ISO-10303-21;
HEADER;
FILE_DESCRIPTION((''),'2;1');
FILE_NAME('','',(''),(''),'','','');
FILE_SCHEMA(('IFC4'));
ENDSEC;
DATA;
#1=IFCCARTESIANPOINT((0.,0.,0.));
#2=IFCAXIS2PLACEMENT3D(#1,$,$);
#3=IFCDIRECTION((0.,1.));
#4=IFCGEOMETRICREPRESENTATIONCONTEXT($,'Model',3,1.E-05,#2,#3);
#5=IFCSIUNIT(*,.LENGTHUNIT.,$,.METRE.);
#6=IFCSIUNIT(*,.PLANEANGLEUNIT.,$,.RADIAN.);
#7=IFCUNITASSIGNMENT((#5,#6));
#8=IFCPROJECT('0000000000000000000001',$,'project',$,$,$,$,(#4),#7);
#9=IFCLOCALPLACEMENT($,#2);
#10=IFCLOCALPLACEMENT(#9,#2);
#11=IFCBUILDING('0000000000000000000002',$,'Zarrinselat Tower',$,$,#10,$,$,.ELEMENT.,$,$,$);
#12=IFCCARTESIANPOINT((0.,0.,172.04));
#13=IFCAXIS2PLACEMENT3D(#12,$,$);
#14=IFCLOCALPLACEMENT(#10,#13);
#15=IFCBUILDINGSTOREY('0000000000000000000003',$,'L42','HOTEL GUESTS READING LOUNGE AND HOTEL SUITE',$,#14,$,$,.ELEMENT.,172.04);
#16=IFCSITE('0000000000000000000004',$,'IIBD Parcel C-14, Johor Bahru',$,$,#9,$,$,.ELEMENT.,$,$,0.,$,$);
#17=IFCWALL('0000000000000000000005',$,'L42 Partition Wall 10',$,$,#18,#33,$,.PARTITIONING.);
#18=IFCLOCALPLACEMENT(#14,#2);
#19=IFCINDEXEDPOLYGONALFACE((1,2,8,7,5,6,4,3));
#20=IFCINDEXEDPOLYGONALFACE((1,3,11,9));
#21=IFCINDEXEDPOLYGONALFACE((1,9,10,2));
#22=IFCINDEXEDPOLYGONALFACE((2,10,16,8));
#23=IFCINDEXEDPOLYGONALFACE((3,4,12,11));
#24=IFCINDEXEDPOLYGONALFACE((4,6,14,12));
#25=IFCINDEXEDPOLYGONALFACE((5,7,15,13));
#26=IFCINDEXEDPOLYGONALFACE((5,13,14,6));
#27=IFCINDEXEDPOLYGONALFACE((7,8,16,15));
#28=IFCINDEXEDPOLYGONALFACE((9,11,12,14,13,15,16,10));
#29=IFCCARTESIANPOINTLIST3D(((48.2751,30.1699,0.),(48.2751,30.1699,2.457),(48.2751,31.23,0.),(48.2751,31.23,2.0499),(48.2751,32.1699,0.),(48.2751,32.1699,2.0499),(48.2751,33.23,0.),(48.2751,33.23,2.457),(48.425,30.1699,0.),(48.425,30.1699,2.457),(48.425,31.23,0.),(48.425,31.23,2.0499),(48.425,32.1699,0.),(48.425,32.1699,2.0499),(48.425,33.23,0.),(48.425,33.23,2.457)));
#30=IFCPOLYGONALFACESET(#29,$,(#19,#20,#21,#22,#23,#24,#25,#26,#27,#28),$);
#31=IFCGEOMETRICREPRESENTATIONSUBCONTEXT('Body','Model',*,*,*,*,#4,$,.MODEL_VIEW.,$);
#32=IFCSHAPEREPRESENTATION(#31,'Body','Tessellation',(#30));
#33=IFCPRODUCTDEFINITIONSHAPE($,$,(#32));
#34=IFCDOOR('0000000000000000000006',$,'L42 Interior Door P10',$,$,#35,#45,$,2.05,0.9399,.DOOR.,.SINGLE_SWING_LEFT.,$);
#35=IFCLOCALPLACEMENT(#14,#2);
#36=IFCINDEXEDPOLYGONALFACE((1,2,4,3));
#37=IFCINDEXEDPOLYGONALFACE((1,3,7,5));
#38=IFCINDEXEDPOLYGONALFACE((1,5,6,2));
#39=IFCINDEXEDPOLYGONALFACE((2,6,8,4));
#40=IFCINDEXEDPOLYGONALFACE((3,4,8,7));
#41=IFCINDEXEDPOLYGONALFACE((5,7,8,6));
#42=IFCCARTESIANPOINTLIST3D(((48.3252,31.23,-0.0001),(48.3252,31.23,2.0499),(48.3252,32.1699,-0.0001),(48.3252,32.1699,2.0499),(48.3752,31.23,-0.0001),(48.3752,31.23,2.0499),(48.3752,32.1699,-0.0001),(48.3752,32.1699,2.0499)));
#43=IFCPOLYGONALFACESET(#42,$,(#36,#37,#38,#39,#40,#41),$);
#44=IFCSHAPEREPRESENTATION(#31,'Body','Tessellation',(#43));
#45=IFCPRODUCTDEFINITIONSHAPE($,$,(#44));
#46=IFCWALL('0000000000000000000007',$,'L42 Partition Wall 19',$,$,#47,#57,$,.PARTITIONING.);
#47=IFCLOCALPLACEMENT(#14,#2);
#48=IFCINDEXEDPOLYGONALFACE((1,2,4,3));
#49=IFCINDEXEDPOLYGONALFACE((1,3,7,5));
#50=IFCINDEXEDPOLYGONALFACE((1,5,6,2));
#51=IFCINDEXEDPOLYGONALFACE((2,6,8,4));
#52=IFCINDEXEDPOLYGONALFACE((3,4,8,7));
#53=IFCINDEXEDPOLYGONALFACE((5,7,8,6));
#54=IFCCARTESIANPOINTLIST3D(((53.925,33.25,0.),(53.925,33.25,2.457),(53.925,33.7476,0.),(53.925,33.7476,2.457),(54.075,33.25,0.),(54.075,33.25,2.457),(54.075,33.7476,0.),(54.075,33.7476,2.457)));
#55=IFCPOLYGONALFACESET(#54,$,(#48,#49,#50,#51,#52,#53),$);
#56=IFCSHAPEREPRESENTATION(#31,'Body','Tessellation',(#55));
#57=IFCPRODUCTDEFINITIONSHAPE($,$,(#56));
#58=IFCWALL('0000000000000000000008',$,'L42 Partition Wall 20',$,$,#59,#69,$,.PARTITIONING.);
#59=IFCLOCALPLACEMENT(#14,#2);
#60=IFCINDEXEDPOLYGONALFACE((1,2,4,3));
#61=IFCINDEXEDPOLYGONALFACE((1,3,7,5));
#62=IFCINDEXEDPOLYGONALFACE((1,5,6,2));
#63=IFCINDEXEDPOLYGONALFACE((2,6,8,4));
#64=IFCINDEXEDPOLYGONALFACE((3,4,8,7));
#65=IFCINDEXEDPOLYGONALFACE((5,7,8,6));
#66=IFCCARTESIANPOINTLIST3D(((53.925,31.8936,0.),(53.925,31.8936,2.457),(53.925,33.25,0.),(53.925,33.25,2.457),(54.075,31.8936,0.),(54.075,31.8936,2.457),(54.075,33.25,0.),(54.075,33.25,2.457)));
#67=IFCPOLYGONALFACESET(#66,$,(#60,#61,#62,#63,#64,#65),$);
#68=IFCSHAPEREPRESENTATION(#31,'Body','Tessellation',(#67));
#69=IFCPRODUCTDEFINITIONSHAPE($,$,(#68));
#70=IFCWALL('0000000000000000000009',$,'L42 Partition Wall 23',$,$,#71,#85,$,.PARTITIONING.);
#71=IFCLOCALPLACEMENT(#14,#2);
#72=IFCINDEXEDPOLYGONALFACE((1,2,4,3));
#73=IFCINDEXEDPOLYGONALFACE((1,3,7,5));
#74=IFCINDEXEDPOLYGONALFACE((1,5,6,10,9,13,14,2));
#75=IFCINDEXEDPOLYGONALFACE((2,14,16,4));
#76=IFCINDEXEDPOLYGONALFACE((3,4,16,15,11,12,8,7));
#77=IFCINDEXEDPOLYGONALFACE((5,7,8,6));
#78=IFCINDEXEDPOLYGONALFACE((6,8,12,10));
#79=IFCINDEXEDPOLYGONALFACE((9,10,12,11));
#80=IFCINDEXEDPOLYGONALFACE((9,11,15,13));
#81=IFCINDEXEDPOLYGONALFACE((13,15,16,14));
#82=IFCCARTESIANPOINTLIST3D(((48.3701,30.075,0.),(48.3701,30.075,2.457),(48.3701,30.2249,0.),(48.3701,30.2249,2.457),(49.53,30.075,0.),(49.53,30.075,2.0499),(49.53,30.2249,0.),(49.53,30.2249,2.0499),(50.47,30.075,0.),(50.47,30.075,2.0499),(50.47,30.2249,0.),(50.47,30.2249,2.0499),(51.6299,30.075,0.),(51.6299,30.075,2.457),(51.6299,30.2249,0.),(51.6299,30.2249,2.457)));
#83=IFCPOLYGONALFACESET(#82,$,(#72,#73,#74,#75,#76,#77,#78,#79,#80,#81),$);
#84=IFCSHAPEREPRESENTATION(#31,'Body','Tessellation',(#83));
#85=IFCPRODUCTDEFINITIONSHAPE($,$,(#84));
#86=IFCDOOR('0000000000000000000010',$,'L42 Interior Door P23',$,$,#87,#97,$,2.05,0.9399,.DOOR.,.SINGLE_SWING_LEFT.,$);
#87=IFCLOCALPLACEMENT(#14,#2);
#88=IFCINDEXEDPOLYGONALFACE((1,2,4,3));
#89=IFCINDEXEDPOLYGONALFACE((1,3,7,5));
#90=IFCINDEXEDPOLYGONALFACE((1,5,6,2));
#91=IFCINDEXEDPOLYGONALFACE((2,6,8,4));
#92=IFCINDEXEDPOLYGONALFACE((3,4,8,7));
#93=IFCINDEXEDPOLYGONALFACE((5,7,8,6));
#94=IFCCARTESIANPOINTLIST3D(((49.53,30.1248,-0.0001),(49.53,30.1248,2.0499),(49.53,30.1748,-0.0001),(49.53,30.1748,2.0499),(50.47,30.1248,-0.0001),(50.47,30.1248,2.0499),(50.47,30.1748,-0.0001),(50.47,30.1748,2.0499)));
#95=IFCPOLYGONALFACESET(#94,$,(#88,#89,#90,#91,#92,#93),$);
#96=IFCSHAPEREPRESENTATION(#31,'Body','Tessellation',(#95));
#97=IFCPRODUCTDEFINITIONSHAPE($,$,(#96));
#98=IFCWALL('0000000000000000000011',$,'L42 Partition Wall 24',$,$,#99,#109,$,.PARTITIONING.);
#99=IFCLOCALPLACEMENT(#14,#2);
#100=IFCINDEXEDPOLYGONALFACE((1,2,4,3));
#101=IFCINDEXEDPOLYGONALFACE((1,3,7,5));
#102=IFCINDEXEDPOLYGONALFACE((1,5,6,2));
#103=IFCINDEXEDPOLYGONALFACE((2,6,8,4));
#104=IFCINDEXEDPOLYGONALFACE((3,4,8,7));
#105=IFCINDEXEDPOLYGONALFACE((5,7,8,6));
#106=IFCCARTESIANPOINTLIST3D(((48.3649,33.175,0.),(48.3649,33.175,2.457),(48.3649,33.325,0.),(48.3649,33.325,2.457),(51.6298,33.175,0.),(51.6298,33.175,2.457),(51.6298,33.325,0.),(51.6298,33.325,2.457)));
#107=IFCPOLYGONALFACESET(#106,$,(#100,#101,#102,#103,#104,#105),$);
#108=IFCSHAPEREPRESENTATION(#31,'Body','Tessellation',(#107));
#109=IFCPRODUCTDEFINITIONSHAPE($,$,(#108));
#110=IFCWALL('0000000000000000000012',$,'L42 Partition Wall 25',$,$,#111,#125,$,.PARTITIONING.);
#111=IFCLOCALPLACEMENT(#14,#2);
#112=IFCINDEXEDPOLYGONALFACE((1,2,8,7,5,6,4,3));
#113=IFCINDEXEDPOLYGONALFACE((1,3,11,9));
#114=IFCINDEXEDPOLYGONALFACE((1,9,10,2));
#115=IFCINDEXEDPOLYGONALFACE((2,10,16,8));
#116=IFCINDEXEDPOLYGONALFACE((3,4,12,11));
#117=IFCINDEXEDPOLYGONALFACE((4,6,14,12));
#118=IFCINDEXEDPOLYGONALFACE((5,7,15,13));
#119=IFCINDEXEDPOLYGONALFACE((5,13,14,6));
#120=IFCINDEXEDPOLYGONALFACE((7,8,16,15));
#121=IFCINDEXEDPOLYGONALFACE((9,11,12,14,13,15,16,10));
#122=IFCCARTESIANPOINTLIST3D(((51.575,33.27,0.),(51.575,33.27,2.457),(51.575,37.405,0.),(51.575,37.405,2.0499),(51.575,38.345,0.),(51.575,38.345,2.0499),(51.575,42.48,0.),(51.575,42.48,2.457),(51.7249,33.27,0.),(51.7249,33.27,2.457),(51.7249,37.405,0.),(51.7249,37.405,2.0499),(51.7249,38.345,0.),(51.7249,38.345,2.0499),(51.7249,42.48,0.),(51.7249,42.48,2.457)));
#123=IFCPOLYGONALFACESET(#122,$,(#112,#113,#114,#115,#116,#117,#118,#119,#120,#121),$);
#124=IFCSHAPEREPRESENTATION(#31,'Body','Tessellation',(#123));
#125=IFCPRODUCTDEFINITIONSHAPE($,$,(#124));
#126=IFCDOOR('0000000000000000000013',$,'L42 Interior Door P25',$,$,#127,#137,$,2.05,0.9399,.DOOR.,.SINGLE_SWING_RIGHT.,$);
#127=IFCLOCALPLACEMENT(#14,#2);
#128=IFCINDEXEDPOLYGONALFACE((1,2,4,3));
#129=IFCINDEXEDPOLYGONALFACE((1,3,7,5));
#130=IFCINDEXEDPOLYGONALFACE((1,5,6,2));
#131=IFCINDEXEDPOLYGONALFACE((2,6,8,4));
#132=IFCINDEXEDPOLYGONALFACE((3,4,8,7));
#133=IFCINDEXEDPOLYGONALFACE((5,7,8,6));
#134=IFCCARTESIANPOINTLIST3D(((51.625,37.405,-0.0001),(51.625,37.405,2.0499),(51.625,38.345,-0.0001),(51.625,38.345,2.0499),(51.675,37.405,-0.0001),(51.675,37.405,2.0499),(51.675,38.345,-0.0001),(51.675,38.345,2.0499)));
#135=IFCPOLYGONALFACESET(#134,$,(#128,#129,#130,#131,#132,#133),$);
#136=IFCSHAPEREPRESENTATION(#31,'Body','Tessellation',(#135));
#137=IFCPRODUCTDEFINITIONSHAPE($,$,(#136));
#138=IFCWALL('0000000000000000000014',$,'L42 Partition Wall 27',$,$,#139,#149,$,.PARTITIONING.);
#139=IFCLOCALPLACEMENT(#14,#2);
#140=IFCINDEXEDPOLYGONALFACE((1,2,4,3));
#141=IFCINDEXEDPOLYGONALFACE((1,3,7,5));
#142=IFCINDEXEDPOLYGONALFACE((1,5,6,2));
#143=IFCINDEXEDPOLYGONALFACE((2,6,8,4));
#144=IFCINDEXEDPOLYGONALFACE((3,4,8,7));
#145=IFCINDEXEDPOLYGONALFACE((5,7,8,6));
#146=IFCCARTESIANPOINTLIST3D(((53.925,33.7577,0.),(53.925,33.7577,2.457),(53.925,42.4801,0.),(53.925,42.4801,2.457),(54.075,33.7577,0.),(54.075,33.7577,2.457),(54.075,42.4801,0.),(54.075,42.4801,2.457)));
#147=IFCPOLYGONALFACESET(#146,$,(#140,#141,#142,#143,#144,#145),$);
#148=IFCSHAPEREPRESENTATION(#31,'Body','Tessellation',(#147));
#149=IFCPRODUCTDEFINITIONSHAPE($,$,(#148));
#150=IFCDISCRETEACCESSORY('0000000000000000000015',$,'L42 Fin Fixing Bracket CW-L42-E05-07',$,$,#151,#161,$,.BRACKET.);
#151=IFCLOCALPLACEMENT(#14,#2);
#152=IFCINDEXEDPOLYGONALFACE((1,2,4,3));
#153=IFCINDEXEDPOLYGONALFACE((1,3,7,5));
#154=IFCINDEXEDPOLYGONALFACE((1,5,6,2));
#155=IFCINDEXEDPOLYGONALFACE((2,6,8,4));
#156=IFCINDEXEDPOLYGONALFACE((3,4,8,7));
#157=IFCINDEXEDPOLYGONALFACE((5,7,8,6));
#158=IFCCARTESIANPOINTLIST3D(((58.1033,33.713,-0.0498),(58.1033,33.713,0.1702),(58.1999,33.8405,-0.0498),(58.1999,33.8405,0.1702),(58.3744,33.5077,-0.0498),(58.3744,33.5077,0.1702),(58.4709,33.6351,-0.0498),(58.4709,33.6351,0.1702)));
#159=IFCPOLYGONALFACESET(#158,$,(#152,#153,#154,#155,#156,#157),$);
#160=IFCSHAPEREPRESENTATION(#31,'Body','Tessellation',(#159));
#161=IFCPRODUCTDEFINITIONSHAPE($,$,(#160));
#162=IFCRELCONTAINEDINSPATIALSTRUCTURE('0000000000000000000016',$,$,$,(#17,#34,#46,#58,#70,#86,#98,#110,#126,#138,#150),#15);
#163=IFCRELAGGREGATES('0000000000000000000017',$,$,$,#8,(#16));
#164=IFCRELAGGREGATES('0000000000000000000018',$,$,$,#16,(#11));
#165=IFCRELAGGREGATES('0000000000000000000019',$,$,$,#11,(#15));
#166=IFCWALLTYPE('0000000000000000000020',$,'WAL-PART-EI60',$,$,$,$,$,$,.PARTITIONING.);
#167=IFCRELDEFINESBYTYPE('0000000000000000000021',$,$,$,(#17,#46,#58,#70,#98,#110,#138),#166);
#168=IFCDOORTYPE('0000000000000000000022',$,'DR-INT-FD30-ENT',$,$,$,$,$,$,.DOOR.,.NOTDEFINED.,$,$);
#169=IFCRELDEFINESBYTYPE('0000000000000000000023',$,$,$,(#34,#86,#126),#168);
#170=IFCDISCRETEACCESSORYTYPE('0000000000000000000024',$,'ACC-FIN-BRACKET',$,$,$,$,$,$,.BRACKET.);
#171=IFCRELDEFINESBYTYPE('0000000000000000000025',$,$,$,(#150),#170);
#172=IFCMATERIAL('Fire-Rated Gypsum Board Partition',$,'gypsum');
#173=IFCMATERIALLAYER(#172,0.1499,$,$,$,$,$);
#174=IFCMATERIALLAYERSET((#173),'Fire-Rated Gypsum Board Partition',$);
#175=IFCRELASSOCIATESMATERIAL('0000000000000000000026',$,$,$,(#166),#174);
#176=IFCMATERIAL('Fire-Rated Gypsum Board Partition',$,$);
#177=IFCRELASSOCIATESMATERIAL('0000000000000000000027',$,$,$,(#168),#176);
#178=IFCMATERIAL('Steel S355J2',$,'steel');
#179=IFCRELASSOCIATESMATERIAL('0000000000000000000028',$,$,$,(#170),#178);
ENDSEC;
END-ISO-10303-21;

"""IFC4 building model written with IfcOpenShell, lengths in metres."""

from ifc_helpers import new_model, si_unit, direction, frame, frame_2d, origin, origin_2d, place, context, subcontext, project, spatial, rectangle, extrude, material, layer, layer_set, type_object, element, fill, save


model = new_model("IFC4")

# Units and contexts
model_context = context("Model", 3, precision=1e-05, world=origin(), true_north=direction((0.0, 1.0)))
body_context = subcontext(model_context, "Body", "Model", "MODEL_VIEW")
ifc_project = project(units=[si_unit("LENGTHUNIT", "METRE"), si_unit("PLANEANGLEUNIT", "RADIAN")], contexts=[model_context])

# Site, building, storey
site_placement = place(None, origin())
site = spatial("IfcSite", under=ifc_project, at=site_placement, Name="IIBD Parcel C-14, Johor Bahru", CompositionType="ELEMENT", RefElevation=0.0)
building_placement = place(site_placement, origin())
building = spatial("IfcBuilding", under=site, at=building_placement, Name="Zarrinselat Tower", CompositionType="ELEMENT")
storey_placement = place(building_placement, frame((0.0, 0.0, 172.04)))
storey = spatial("IfcBuildingStorey", under=building, at=storey_placement, Name="L42", Description="HOTEL GUESTS READING LOUNGE AND HOTEL SUITE", CompositionType="ELEMENT", Elevation=172.04)

# Wall, opening, door
ifc_material_1 = material(Name="Fire-Rated Gypsum Board Partition", Category="gypsum")
ifc_layer_1 = layer(ifc_material_1, 0.1499)
ifc_layer_set_1 = layer_set([ifc_layer_1], Name="Fire-Rated Gypsum Board Partition")
wall_type_1 = type_object("IfcWallType", Name="WAL-PART-EI60", PredefinedType="PARTITIONING", material=ifc_layer_set_1)
wall_1_placement = place(storey_placement, frame((48.3501, 30.1699, 0.0), z_axis=(0.0, 0.0, 1.0), x_axis=(0.0, 1.0, 0.0)))
wall_1 = element("IfcWall", 1, at=wall_1_placement, inside=storey, type_object=wall_type_1, Name="L42 Partition Wall 10", PredefinedType="PARTITIONING", context=body_context, shape_type="SweptSolid", body=[
    extrude(rectangle(XDim=3.0601, YDim=0.1499, at=frame_2d((1.53, 0.0))), origin(), (0.0, 0.0, 1.0), 2.457),
])
opening_1_placement = place(wall_1_placement, frame((1.0601, 0.0, 0.0)))
opening_1 = element("IfcOpeningElement", 2, at=opening_1_placement, cuts=wall_1, PredefinedType="OPENING", context=body_context, shape_type="SweptSolid", body=[
    extrude(rectangle(XDim=0.9399, YDim=2.05, at=frame_2d((0.47, 1.0249))), frame((0.0, 0.085, 0.0), z_axis=(0.0, -1.0, 0.0), x_axis=(1.0, 0.0, 0.0)), (0.0, 0.0, 1.0), 0.1699),
])
ifc_material_2 = material(Name="Fire-Rated Gypsum Board Partition")
door_type = type_object("IfcDoorType", Name="DR-INT-FD30-ENT", OperationType="NOTDEFINED", PredefinedType="DOOR", material=ifc_material_2)
door_1_placement = place(opening_1_placement, origin())
door_1 = element("IfcDoor", 3, at=door_1_placement, inside=storey, type_object=door_type, Name="L42 Interior Door P10", OperationType="SINGLE_SWING_LEFT", OverallHeight=2.05, OverallWidth=0.9399, PredefinedType="DOOR", context=body_context, shape_type="SweptSolid", body=[
    extrude(rectangle(XDim=0.9399, YDim=2.05, at=frame_2d((0.47, 1.0249))), frame((0.0, 0.0249, 0.0), z_axis=(0.0, -1.0, 0.0), x_axis=(1.0, 0.0, 0.0)), (0.0, 0.0, 1.0), 0.05),
])
fill(opening_1, door_1)

# Walls
wall_2_placement = place(storey_placement, frame((54.0, 33.25, 0.0), z_axis=(0.0, 0.0, 1.0), x_axis=(0.0, 1.0, 0.0)))
element("IfcWall", 4, at=wall_2_placement, inside=storey, type_object=wall_type_1, Name="L42 Partition Wall 19", PredefinedType="PARTITIONING", context=body_context, shape_type="SweptSolid", body=[
    extrude(rectangle(XDim=0.4976, YDim=0.1499, at=frame_2d((0.2488, 0.0))), origin(), (0.0, 0.0, 1.0), 2.457),
])
wall_3_placement = place(storey_placement, frame((54.0, 31.8936, 0.0), z_axis=(0.0, 0.0, 1.0), x_axis=(0.0, 1.0, 0.0)))
element("IfcWall", 5, at=wall_3_placement, inside=storey, type_object=wall_type_1, Name="L42 Partition Wall 20", PredefinedType="PARTITIONING", context=body_context, shape_type="SweptSolid", body=[
    extrude(rectangle(XDim=1.3564, YDim=0.1499, at=frame_2d((0.6782, 0.0))), origin(), (0.0, 0.0, 1.0), 2.457),
])

# Wall, opening, door
wall_4_placement = place(storey_placement, frame((48.3701, 30.1499, 0.0), z_axis=(0.0, 0.0, 1.0), x_axis=(1.0, 0.0, 0.0)))
wall_4 = element("IfcWall", 6, at=wall_4_placement, inside=storey, type_object=wall_type_1, Name="L42 Partition Wall 23", PredefinedType="PARTITIONING", context=body_context, shape_type="SweptSolid", body=[
    extrude(rectangle(XDim=3.2598, YDim=0.1499, at=frame_2d((1.6299, 0.0))), origin(), (0.0, 0.0, 1.0), 2.457),
])
opening_2_placement = place(wall_4_placement, frame((1.1599, 0.0, 0.0)))
opening_2 = element("IfcOpeningElement", 7, at=opening_2_placement, cuts=wall_4, PredefinedType="OPENING", context=body_context, shape_type="SweptSolid", body=[
    extrude(rectangle(XDim=0.9399, YDim=2.05, at=frame_2d((0.47, 1.0249))), frame((0.0, 0.085, 0.0), z_axis=(0.0, -1.0, 0.0), x_axis=(1.0, 0.0, 0.0)), (0.0, 0.0, 1.0), 0.1699),
])
door_2_placement = place(opening_2_placement, origin())
door_2 = element("IfcDoor", 8, at=door_2_placement, inside=storey, type_object=door_type, Name="L42 Interior Door P23", OperationType="SINGLE_SWING_LEFT", OverallHeight=2.05, OverallWidth=0.9399, PredefinedType="DOOR", context=body_context, shape_type="SweptSolid", body=[
    extrude(rectangle(XDim=0.9399, YDim=2.05, at=frame_2d((0.47, 1.0249))), frame((0.0, 0.0249, 0.0), z_axis=(0.0, -1.0, 0.0), x_axis=(1.0, 0.0, 0.0)), (0.0, 0.0, 1.0), 0.05),
])
fill(opening_2, door_2)

# Wall
wall_5_placement = place(storey_placement, frame((48.365, 33.25, 0.0), z_axis=(0.0, 0.0, 1.0), x_axis=(1.0, 0.0, 0.0)))
element("IfcWall", 9, at=wall_5_placement, inside=storey, type_object=wall_type_1, Name="L42 Partition Wall 24", PredefinedType="PARTITIONING", context=body_context, shape_type="SweptSolid", body=[
    extrude(rectangle(XDim=3.2649, YDim=0.1499, at=frame_2d((1.6323, 0.0))), origin(), (0.0, 0.0, 1.0), 2.457),
])

# Wall, opening, door
wall_6_placement = place(storey_placement, frame((51.6499, 33.27, 0.0), z_axis=(0.0, 0.0, 1.0), x_axis=(0.0, 1.0, 0.0)))
wall_6 = element("IfcWall", 10, at=wall_6_placement, inside=storey, type_object=wall_type_1, Name="L42 Partition Wall 25", PredefinedType="PARTITIONING", context=body_context, shape_type="SweptSolid", body=[
    extrude(rectangle(XDim=9.21, YDim=0.1499, at=frame_2d((4.605, 0.0))), origin(), (0.0, 0.0, 1.0), 2.457),
])
opening_3_placement = place(wall_6_placement, frame((4.135, 0.0, 0.0)))
opening_3 = element("IfcOpeningElement", 11, at=opening_3_placement, cuts=wall_6, PredefinedType="OPENING", context=body_context, shape_type="SweptSolid", body=[
    extrude(rectangle(XDim=0.9399, YDim=2.05, at=frame_2d((0.47, 1.0249))), frame((0.0, 0.085, 0.0), z_axis=(0.0, -1.0, 0.0), x_axis=(1.0, 0.0, 0.0)), (0.0, 0.0, 1.0), 0.1699),
])
door_3_placement = place(opening_3_placement, origin())
door_3 = element("IfcDoor", 12, at=door_3_placement, inside=storey, type_object=door_type, Name="L42 Interior Door P25", OperationType="SINGLE_SWING_RIGHT", OverallHeight=2.05, OverallWidth=0.9399, PredefinedType="DOOR", context=body_context, shape_type="SweptSolid", body=[
    extrude(rectangle(XDim=0.9399, YDim=2.05, at=frame_2d((0.47, 1.0249))), frame((0.0, 0.0249, 0.0), z_axis=(0.0, -1.0, 0.0), x_axis=(1.0, 0.0, 0.0)), (0.0, 0.0, 1.0), 0.05),
])
fill(opening_3, door_3)

# Wall
wall_7_placement = place(storey_placement, frame((54.0, 33.7576, 0.0), z_axis=(0.0, 0.0, 1.0), x_axis=(0.0, 1.0, 0.0)))
element("IfcWall", 13, at=wall_7_placement, inside=storey, type_object=wall_type_1, Name="L42 Partition Wall 27", PredefinedType="PARTITIONING", context=body_context, shape_type="SweptSolid", body=[
    extrude(rectangle(XDim=8.7224, YDim=0.1499, at=frame_2d((4.3613, 0.0))), origin(), (0.0, 0.0, 1.0), 2.457),
])

# Discrete accessory
ifc_material_3 = material(Name="Steel S355J2", Category="steel")
discrete_accessory_type = type_object("IfcDiscreteAccessoryType", Name="ACC-FIN-BRACKET", PredefinedType="BRACKET", material=ifc_material_3)
discrete_accessory_placement = place(storey_placement, frame((58.2871, 33.6741, -0.0498), z_axis=(0.0, 0.0, 1.0), x_axis=(0.797091, -0.603859, 0.0)))
element("IfcDiscreteAccessory", 14, at=discrete_accessory_placement, inside=storey, type_object=discrete_accessory_type, Name="L42 Fin Fixing Bracket CW-L42-E05-07", PredefinedType="BRACKET", context=body_context, shape_type="SweptSolid", body=[
    extrude(rectangle(XDim=0.3401, YDim=0.1599, at=origin_2d()), origin(), (0.0, 0.0, 1.0), 0.22),
])

save(model, "model.ifc")
